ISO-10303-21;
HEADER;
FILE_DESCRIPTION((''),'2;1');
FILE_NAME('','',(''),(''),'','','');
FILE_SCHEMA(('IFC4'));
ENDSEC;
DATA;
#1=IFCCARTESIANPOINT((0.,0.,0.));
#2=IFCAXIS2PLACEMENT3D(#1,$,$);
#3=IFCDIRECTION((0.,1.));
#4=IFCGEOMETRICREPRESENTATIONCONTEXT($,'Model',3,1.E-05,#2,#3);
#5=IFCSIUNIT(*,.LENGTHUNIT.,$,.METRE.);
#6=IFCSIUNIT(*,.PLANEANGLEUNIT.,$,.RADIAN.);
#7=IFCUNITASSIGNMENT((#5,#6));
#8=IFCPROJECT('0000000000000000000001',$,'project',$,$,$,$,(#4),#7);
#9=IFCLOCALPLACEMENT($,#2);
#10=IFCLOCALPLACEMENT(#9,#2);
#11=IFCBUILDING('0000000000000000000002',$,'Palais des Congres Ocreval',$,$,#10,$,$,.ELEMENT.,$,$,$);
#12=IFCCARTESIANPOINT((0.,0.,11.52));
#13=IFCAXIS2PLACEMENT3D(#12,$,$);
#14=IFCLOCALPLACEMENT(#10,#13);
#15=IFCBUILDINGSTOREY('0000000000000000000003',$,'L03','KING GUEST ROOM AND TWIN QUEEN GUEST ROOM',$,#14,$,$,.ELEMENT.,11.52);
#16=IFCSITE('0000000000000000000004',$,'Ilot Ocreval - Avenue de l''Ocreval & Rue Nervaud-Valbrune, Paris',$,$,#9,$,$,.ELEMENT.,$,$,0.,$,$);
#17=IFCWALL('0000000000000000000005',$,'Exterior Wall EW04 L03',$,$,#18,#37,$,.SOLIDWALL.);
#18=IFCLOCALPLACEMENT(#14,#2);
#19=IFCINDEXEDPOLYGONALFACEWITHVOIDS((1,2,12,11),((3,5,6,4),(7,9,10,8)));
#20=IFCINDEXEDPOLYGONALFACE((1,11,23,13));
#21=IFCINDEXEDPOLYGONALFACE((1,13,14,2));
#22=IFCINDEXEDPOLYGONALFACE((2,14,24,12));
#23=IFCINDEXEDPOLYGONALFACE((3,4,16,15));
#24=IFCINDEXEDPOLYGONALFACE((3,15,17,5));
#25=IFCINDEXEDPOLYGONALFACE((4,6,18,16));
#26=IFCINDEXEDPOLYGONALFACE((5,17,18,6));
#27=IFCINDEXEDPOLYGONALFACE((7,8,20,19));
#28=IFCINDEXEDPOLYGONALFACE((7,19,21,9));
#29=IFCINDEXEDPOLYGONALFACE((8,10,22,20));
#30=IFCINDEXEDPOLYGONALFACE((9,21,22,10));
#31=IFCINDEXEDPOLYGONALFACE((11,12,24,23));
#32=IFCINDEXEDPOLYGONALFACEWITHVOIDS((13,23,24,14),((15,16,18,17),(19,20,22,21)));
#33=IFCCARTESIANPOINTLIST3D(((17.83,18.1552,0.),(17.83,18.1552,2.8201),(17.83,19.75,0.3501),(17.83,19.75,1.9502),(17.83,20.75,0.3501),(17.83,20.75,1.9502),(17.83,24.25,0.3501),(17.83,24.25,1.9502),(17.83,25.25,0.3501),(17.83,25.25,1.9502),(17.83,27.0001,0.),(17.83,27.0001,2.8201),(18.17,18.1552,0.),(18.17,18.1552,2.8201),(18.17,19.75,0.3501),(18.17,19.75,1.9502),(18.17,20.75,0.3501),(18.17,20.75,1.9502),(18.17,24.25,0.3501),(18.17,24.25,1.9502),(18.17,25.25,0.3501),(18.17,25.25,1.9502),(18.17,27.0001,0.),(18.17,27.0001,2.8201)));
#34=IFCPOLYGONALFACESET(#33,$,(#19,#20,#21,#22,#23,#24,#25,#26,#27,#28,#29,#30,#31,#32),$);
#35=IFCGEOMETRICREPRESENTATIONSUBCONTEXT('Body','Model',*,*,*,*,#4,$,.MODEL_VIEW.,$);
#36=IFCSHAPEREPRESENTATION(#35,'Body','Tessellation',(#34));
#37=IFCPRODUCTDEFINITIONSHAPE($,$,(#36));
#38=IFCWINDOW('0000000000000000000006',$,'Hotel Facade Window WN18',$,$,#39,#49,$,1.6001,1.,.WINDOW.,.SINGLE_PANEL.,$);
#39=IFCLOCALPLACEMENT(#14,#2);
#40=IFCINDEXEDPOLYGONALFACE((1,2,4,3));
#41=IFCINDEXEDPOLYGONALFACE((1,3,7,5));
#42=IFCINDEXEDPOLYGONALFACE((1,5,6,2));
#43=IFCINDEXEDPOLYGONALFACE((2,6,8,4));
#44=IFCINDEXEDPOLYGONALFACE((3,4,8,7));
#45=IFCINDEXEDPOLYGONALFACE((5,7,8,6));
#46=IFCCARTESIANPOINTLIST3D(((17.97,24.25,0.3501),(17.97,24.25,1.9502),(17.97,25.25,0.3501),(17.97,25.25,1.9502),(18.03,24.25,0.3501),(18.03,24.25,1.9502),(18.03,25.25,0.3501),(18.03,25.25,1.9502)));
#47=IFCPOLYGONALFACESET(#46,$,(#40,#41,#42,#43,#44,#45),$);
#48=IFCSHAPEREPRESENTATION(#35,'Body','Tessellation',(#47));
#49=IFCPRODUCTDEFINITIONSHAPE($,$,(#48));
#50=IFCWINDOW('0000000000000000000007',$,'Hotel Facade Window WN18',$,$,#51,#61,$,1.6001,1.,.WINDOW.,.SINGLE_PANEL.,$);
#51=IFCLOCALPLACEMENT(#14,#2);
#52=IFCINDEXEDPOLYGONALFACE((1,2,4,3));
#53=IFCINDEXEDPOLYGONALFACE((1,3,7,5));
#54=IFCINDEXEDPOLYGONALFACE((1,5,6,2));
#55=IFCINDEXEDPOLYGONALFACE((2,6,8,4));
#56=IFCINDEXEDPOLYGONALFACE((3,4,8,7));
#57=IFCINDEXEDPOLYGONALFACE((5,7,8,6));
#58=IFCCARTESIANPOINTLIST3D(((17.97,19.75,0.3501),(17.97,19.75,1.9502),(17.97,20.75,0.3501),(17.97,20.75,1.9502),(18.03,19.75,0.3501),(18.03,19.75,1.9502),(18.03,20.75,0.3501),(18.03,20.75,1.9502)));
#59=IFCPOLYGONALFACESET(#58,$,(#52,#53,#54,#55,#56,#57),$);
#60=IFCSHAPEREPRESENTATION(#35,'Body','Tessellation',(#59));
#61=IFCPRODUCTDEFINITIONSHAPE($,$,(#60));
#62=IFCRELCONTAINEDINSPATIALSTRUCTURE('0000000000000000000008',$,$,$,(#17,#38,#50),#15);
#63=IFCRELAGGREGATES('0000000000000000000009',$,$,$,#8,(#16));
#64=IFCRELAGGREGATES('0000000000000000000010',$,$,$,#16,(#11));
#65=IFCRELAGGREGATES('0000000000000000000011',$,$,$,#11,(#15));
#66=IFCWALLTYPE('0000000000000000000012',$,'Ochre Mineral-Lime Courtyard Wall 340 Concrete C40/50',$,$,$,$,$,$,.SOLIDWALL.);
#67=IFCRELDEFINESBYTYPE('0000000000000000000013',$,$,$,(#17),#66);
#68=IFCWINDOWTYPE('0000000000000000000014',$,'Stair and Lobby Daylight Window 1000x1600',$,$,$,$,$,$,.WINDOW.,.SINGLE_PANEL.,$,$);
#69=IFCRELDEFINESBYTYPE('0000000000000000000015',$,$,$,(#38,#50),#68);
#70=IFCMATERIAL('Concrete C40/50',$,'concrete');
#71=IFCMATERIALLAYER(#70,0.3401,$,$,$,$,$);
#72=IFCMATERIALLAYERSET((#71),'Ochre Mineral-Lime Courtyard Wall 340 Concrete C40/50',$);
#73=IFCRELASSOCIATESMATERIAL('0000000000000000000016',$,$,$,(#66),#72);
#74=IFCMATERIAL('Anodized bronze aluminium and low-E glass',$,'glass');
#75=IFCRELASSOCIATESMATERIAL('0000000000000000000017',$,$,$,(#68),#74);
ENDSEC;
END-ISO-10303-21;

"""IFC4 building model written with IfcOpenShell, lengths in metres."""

from ifc_helpers import new_model, si_unit, direction, frame, frame_2d, origin, place, context, subcontext, project, spatial, rectangle, extrude, material, layer, layer_set, type_object, element, fill, save


model = new_model("IFC4")

# Units and contexts
model_context = context("Model", 3, precision=1e-05, world=origin(), true_north=direction((0.0, 1.0)))
body_context = subcontext(model_context, "Body", "Model", "MODEL_VIEW")
ifc_project = project(units=[si_unit("LENGTHUNIT", "METRE"), si_unit("PLANEANGLEUNIT", "RADIAN")], contexts=[model_context])

# Site, building, storey
site_placement = place(None, origin())
site = spatial("IfcSite", under=ifc_project, at=site_placement, Name="Ilot Ocreval - Avenue de l'Ocreval & Rue Nervaud-Valbrune, Paris", CompositionType="ELEMENT", RefElevation=0.0)
building_placement = place(site_placement, origin())
building = spatial("IfcBuilding", under=site, at=building_placement, Name="Palais des Congres Ocreval", CompositionType="ELEMENT")
storey_placement = place(building_placement, frame((0.0, 0.0, 11.52)))
storey = spatial("IfcBuildingStorey", under=building, at=storey_placement, Name="L03", Description="KING GUEST ROOM AND TWIN QUEEN GUEST ROOM", CompositionType="ELEMENT", Elevation=11.52)

# Shared definitions
ifc_material_1 = material(Name="Concrete C40/50", Category="concrete")

# Wall, openings, windows
ifc_layer_1 = layer(ifc_material_1, 0.3401)
ifc_layer_set_1 = layer_set([ifc_layer_1], Name="Ochre Mineral-Lime Courtyard Wall 340 Concrete C40/50")
wall_type_1 = type_object("IfcWallType", Name="Ochre Mineral-Lime Courtyard Wall 340 Concrete C40/50", PredefinedType="SOLIDWALL", material=ifc_layer_set_1)
wall_1_placement = place(storey_placement, frame((18.0, 27.0, 0.0), z_axis=(0.0, 0.0, 1.0), x_axis=(0.0, -1.0, 0.0)))
wall_1 = element("IfcWall", 1, at=wall_1_placement, inside=storey, type_object=wall_type_1, Name="Exterior Wall EW04 L03", PredefinedType="SOLIDWALL", context=body_context, shape_type="SweptSolid", body=[
    extrude(rectangle(XDim=8.845, YDim=0.3401, at=frame_2d((4.4224, 0.0))), origin(), (0.0, 0.0, 1.0), 2.8201),
])
opening_1_placement = place(wall_1_placement, frame((1.75, 0.0, 0.3501)))
opening_1 = element("IfcOpeningElement", 2, at=opening_1_placement, cuts=wall_1, PredefinedType="OPENING", context=body_context, shape_type="SweptSolid", body=[
    extrude(rectangle(XDim=1.0, YDim=1.6001, at=frame_2d((0.5, 0.8))), frame((0.0, 0.1799, 0.0), z_axis=(0.0, -1.0, 0.0), x_axis=(1.0, 0.0, 0.0)), (0.0, 0.0, 1.0), 0.3601),
])
opening_2_placement = place(wall_1_placement, frame((6.25, 0.0, 0.3501)))
opening_2 = element("IfcOpeningElement", 3, at=opening_2_placement, cuts=wall_1, PredefinedType="OPENING", context=body_context, shape_type="SweptSolid", body=[
    extrude(rectangle(XDim=1.0, YDim=1.6001, at=frame_2d((0.5, 0.8))), frame((0.0, 0.1799, 0.0), z_axis=(0.0, -1.0, 0.0), x_axis=(1.0, 0.0, 0.0)), (0.0, 0.0, 1.0), 0.3601),
])
ifc_material_2 = material(Name="Anodized bronze aluminium and low-E glass", Category="glass")
window_type = type_object("IfcWindowType", Name="Stair and Lobby Daylight Window 1000x1600", PartitioningType="SINGLE_PANEL", PredefinedType="WINDOW", material=ifc_material_2)
window_1_placement = place(opening_1_placement, origin())
window_1 = element("IfcWindow", 4, at=window_1_placement, inside=storey, type_object=window_type, Name="Hotel Facade Window WN18", OverallHeight=1.6001, OverallWidth=1.0, PartitioningType="SINGLE_PANEL", PredefinedType="WINDOW", context=body_context, shape_type="SweptSolid", body=[
    extrude(rectangle(XDim=1.0, YDim=1.6001, at=frame_2d((0.5, 0.8))), frame((0.0, 0.03, 0.0), z_axis=(0.0, -1.0, 0.0), x_axis=(1.0, 0.0, 0.0)), (0.0, 0.0, 1.0), 0.0601),
])
fill(opening_1, window_1)
window_2_placement = place(opening_2_placement, origin())
window_2 = element("IfcWindow", 5, at=window_2_placement, inside=storey, type_object=window_type, Name="Hotel Facade Window WN18", OverallHeight=1.6001, OverallWidth=1.0, PartitioningType="SINGLE_PANEL", PredefinedType="WINDOW", context=body_context, shape_type="SweptSolid", body=[
    extrude(rectangle(XDim=1.0, YDim=1.6001, at=frame_2d((0.5, 0.8))), frame((0.0, 0.03, 0.0), z_axis=(0.0, -1.0, 0.0), x_axis=(1.0, 0.0, 0.0)), (0.0, 0.0, 1.0), 0.0601),
])
fill(opening_2, window_2)

save(model, "model.ifc")
